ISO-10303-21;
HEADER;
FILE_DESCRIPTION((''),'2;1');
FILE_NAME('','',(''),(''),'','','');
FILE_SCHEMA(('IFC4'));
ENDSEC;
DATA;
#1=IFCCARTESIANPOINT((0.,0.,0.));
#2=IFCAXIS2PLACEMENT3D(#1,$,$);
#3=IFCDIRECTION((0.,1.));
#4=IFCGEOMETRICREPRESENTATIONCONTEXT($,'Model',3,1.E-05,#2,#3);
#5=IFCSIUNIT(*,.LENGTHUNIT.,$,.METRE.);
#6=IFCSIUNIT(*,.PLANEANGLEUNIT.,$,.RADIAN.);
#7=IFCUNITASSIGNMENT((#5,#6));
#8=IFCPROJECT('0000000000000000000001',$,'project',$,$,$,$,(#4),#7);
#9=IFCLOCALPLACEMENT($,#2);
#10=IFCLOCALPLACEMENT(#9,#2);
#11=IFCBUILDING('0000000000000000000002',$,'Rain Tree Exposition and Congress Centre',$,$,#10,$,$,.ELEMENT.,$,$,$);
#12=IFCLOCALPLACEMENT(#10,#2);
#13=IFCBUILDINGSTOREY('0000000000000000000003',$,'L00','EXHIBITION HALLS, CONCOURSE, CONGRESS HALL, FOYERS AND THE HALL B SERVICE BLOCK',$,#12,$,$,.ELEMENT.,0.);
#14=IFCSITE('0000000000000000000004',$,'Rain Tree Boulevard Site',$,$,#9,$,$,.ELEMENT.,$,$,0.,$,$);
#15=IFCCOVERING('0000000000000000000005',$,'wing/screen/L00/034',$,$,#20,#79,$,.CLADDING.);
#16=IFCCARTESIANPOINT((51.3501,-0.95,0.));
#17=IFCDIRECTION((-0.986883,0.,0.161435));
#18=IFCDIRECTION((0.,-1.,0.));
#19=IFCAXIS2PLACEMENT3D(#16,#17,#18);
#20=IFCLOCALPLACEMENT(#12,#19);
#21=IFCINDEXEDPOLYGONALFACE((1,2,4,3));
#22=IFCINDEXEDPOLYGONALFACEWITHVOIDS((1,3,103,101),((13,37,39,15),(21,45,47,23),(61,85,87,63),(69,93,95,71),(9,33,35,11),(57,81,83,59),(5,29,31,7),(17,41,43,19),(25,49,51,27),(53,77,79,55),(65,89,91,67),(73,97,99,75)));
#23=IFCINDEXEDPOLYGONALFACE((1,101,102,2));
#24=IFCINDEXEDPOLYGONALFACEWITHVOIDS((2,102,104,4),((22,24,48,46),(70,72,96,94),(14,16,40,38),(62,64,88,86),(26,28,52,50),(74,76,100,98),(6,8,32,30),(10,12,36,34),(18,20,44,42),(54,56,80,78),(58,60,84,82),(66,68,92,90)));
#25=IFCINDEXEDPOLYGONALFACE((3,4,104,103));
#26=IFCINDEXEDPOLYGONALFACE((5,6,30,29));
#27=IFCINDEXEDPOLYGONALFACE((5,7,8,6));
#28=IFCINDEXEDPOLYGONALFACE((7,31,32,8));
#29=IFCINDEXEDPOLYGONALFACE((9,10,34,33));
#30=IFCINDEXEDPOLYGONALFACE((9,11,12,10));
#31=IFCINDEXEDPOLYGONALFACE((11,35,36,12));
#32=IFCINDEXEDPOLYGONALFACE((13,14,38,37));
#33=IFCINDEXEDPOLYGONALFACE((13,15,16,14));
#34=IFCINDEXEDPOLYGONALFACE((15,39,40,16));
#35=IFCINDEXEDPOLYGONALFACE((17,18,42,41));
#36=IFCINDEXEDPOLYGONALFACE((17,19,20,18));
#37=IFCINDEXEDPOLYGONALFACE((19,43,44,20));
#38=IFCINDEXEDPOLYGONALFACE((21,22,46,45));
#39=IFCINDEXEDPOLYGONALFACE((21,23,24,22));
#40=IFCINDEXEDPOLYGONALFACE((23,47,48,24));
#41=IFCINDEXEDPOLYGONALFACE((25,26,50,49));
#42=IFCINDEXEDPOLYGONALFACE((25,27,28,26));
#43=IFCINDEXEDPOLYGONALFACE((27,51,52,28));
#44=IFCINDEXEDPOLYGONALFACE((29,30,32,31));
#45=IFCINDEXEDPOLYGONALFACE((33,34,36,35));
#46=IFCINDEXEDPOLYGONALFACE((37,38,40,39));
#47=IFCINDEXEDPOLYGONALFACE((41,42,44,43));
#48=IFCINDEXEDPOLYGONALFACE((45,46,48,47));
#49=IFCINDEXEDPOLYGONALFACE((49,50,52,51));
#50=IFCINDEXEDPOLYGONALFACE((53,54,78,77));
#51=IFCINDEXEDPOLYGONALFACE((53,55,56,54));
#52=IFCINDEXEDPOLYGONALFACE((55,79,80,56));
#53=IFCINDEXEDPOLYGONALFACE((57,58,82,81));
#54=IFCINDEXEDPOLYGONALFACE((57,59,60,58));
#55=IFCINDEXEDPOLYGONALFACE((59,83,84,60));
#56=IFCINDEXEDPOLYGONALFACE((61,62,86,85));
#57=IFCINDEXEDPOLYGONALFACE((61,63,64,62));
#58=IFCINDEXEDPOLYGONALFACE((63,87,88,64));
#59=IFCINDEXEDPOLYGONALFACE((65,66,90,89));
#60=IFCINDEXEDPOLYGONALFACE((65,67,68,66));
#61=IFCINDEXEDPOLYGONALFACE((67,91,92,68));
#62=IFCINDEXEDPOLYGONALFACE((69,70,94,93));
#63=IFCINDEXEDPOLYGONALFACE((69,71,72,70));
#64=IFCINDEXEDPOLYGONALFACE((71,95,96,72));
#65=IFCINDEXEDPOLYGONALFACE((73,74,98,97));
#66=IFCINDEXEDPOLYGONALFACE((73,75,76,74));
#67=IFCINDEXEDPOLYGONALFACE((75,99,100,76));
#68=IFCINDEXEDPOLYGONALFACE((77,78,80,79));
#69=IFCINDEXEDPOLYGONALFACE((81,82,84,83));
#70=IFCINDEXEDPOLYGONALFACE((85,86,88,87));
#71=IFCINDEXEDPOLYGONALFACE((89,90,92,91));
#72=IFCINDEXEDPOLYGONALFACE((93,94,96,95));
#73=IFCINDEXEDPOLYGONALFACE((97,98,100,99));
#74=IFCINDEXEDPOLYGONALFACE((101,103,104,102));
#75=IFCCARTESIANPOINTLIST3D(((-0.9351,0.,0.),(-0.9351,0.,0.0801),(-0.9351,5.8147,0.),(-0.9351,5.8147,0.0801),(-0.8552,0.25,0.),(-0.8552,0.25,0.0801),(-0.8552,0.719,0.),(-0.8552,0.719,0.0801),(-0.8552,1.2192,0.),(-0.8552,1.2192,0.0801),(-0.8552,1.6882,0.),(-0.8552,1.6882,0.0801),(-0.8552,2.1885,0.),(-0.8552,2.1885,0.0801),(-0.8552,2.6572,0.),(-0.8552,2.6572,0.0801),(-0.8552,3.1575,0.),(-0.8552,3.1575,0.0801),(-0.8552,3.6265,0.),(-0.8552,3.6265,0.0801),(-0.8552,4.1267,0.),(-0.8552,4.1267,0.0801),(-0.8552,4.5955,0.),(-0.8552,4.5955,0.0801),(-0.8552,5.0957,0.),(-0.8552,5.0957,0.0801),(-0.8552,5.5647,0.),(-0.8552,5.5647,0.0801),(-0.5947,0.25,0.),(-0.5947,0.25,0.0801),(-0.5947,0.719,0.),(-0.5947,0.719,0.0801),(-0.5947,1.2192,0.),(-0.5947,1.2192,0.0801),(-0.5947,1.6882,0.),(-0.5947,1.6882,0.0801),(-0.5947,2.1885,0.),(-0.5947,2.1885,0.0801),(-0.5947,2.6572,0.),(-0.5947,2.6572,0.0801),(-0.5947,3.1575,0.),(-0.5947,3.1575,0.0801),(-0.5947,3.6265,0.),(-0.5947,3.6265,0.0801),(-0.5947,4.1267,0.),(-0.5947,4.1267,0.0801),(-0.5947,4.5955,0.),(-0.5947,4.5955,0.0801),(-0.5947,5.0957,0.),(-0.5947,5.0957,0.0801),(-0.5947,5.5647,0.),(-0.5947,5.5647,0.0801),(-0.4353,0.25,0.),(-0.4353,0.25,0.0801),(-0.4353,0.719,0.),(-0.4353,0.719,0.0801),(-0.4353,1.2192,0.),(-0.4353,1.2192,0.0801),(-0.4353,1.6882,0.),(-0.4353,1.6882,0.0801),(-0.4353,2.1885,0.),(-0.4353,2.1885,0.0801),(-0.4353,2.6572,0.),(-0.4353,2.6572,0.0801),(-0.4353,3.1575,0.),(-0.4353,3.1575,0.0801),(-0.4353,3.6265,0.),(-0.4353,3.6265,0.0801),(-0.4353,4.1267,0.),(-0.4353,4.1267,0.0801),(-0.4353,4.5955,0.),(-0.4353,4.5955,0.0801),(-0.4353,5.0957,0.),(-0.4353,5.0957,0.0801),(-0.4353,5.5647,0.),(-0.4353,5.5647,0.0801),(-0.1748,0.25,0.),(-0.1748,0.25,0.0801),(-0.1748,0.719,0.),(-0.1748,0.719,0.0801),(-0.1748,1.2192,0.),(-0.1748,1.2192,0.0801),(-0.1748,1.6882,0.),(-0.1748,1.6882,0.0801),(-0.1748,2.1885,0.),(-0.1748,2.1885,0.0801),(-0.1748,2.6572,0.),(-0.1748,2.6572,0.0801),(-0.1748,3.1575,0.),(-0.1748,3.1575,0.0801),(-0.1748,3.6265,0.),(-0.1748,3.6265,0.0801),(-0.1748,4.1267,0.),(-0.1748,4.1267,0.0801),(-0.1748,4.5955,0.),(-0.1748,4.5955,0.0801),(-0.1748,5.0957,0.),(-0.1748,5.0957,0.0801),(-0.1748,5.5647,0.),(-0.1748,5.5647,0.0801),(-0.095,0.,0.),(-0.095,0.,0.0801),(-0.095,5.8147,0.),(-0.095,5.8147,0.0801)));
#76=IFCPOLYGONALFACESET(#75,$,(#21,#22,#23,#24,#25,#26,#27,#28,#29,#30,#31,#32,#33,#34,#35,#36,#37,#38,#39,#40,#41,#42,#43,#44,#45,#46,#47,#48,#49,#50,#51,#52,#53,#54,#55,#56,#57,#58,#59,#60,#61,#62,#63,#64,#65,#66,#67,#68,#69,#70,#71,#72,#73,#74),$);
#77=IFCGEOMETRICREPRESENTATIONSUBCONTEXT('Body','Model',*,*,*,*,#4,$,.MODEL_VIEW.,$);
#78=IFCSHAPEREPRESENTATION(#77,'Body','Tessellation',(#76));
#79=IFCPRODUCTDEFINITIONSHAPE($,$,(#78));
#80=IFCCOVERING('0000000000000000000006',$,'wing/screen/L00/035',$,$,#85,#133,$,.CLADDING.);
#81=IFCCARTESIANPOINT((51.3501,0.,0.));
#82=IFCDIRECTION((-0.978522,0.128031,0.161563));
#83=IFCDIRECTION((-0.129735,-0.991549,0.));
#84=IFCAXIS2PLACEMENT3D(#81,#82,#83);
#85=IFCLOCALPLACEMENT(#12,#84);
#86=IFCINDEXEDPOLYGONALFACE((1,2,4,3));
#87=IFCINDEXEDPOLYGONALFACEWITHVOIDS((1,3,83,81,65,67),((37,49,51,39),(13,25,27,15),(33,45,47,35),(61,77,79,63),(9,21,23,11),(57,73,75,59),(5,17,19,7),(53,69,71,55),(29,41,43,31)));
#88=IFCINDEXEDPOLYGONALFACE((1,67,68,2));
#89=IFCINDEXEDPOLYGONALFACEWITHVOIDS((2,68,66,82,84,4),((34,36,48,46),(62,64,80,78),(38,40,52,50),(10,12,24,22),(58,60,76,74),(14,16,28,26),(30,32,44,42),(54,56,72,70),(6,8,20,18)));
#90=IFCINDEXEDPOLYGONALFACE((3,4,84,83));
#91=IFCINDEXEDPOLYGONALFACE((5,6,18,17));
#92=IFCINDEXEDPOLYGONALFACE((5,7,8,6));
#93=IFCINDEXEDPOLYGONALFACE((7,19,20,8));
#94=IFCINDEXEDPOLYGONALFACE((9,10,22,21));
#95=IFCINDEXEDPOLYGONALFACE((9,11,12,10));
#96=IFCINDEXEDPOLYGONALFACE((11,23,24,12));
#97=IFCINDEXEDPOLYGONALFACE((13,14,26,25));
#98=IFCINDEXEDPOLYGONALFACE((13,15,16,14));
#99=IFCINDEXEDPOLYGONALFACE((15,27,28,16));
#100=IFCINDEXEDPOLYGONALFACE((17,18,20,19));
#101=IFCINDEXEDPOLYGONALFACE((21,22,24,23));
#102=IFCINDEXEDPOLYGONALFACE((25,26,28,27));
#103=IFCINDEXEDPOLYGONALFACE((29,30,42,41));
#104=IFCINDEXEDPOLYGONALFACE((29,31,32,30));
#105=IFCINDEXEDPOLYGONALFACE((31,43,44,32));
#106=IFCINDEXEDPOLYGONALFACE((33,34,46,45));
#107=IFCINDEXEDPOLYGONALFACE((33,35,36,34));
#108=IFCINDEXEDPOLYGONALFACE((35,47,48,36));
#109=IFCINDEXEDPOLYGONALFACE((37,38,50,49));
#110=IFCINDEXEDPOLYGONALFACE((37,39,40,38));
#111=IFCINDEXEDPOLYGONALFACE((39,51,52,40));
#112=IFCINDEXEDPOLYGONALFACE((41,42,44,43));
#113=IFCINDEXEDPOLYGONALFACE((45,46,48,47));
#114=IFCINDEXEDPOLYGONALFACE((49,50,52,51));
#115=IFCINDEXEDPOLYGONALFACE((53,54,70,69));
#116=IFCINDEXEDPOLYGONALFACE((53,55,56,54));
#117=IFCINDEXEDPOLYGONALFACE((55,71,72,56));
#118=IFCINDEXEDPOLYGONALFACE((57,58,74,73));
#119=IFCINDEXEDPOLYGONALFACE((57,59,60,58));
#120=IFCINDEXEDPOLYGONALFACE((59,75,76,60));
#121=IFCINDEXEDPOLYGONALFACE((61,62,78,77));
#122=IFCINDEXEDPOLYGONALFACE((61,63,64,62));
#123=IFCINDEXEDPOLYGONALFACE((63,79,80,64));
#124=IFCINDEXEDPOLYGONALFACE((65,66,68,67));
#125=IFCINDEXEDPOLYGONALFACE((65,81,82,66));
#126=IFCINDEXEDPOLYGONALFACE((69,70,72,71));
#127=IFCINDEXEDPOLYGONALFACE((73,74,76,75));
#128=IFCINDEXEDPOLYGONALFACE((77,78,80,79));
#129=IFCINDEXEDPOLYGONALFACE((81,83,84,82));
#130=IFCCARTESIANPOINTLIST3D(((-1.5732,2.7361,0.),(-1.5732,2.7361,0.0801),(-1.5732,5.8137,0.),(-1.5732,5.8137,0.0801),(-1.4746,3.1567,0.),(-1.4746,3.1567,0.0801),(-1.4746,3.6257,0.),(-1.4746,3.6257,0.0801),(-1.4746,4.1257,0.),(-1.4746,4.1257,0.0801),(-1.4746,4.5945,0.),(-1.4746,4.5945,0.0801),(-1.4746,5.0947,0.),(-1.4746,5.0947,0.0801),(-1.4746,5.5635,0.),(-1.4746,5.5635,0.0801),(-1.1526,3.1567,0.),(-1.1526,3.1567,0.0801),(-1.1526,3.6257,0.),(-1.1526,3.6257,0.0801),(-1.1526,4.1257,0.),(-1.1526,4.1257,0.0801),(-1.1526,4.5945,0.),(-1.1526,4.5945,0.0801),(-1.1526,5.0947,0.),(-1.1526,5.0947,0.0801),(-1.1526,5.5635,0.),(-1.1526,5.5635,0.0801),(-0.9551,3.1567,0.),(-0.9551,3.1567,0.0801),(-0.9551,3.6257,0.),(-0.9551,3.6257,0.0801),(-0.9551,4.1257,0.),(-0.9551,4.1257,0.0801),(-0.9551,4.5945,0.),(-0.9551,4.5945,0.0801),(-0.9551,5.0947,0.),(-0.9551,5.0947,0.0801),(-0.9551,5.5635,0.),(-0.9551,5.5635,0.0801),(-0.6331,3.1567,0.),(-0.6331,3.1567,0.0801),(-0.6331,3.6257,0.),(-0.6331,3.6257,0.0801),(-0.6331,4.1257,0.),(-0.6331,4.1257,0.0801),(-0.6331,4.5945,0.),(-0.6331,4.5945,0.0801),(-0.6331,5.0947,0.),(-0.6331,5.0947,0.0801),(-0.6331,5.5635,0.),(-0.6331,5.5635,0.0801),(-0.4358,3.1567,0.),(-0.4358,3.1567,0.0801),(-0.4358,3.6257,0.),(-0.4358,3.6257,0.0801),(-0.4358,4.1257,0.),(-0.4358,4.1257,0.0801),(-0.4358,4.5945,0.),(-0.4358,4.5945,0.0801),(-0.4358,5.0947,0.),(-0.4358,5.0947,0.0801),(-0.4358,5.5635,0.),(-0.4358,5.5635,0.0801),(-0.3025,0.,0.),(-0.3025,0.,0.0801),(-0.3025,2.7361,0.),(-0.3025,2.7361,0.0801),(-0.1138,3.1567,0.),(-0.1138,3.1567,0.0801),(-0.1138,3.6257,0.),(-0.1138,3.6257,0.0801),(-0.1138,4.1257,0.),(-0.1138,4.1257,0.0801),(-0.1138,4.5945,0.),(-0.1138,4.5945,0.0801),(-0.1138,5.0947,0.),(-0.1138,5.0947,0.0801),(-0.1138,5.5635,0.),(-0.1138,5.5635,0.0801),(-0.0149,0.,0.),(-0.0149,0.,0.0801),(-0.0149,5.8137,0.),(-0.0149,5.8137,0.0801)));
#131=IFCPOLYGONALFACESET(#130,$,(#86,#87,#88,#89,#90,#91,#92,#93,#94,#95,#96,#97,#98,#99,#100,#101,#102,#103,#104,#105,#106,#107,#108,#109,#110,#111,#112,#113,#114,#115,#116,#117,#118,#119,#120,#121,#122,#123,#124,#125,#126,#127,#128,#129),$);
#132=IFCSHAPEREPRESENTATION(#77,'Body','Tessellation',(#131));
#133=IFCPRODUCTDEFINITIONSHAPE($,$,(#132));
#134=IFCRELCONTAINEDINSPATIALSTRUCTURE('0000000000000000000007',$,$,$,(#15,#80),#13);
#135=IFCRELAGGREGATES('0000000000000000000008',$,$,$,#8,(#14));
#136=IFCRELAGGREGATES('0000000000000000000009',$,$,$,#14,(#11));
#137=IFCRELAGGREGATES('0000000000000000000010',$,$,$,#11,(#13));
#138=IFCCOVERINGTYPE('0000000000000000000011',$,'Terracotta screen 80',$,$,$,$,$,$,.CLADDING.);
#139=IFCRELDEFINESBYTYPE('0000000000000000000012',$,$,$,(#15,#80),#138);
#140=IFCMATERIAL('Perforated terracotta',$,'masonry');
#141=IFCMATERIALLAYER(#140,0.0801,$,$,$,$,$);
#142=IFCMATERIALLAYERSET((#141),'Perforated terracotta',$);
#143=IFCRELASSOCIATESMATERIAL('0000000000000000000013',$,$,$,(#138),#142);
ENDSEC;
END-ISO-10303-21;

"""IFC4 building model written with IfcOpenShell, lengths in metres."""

from ifc_helpers import new_model, si_unit, direction, frame, origin, place, context, subcontext, project, spatial, polyline, outline, extrude, material, layer, layer_set, type_object, element, save


model = new_model("IFC4")

# Units and contexts
model_context = context("Model", 3, precision=1e-05, world=origin(), true_north=direction((0.0, 1.0)))
body_context = subcontext(model_context, "Body", "Model", "MODEL_VIEW")
ifc_project = project(units=[si_unit("LENGTHUNIT", "METRE"), si_unit("PLANEANGLEUNIT", "RADIAN")], contexts=[model_context])

# Site, building, storey
site_placement = place(None, origin())
site = spatial("IfcSite", under=ifc_project, at=site_placement, Name="Rain Tree Boulevard Site", CompositionType="ELEMENT", RefElevation=0.0)
building_placement = place(site_placement, origin())
building = spatial("IfcBuilding", under=site, at=building_placement, Name="Rain Tree Exposition and Congress Centre", CompositionType="ELEMENT")
storey_placement = place(building_placement, origin())
storey = spatial("IfcBuildingStorey", under=building, at=storey_placement, Name="L00", Description="EXHIBITION HALLS, CONCOURSE, CONGRESS HALL, FOYERS AND THE HALL B SERVICE BLOCK", CompositionType="ELEMENT", Elevation=0.0)

# Coverings
ifc_material_1 = material(Name="Perforated terracotta", Category="masonry")
ifc_layer_1 = layer(ifc_material_1, 0.0801)
ifc_layer_set_1 = layer_set([ifc_layer_1], Name="Perforated terracotta")
covering_type = type_object("IfcCoveringType", Name="Terracotta screen 80", PredefinedType="CLADDING", material=ifc_layer_set_1)
covering_1_placement = place(storey_placement, frame((51.3501, -0.95, 0.0), z_axis=(-0.986883, 0.0, 0.161435), x_axis=(0.0, -1.0, 0.0)))
element("IfcCovering", 1, at=covering_1_placement, inside=storey, type_object=covering_type, Name="wing/screen/L00/034", PredefinedType="CLADDING", context=body_context, shape_type="SweptSolid", body=[
    extrude(outline(polyline([(-0.095, 5.8147), (-0.095, 0.0), (-0.9351, 0.0), (-0.9351, 5.8147), (-0.095, 5.8147)]), holes=[polyline([(-0.1748, 0.25), (-0.1748, 0.719), (-0.4353, 0.719), (-0.4353, 0.25), (-0.1748, 0.25)]), polyline([(-0.1748, 1.2192), (-0.1748, 1.6882), (-0.4353, 1.6882), (-0.4353, 1.2192), (-0.1748, 1.2192)]), polyline([(-0.1748, 2.1885), (-0.1748, 2.6572), (-0.4353, 2.6572), (-0.4353, 2.1885), (-0.1748, 2.1885)]), polyline([(-0.1748, 3.1575), (-0.1748, 3.6265), (-0.4353, 3.6265), (-0.4353, 3.1575), (-0.1748, 3.1575)]), polyline([(-0.1748, 4.1267), (-0.1748, 4.5955), (-0.4353, 4.5955), (-0.4353, 4.1267), (-0.1748, 4.1267)]), polyline([(-0.1748, 5.0957), (-0.1748, 5.5647), (-0.4353, 5.5647), (-0.4353, 5.0957), (-0.1748, 5.0957)]), polyline([(-0.5947, 0.25), (-0.5947, 0.719), (-0.8552, 0.719), (-0.8552, 0.25), (-0.5947, 0.25)]), polyline([(-0.5947, 1.2192), (-0.5947, 1.6882), (-0.8552, 1.6882), (-0.8552, 1.2192), (-0.5947, 1.2192)]), polyline([(-0.5947, 2.1885), (-0.5947, 2.6572), (-0.8552, 2.6572), (-0.8552, 2.1885), (-0.5947, 2.1885)]), polyline([(-0.5947, 3.1575), (-0.5947, 3.6265), (-0.8552, 3.6265), (-0.8552, 3.1575), (-0.5947, 3.1575)]), polyline([(-0.5947, 4.1267), (-0.5947, 4.5955), (-0.8552, 4.5955), (-0.8552, 4.1267), (-0.5947, 4.1267)]), polyline([(-0.5947, 5.0957), (-0.5947, 5.5647), (-0.8552, 5.5647), (-0.8552, 5.0957), (-0.5947, 5.0957)])]), origin(), (0.0, 0.0, 1.0), 0.0801),
])
covering_2_placement = place(storey_placement, frame((51.3501, 0.0, 0.0), z_axis=(-0.978522, 0.128031, 0.161563), x_axis=(-0.129735, -0.991549, 0.0)))
element("IfcCovering", 2, at=covering_2_placement, inside=storey, type_object=covering_type, Name="wing/screen/L00/035", PredefinedType="CLADDING", context=body_context, shape_type="SweptSolid", body=[
    extrude(outline(polyline([(-0.0149, 5.8137), (-0.0149, 0.0), (-0.3025, 0.0), (-0.3025, 2.7361), (-1.5732, 2.7361), (-1.5732, 5.8137), (-0.0149, 5.8137)]), holes=[polyline([(-0.1138, 3.1567), (-0.1138, 3.6257), (-0.4358, 3.6257), (-0.4358, 3.1567), (-0.1138, 3.1567)]), polyline([(-0.1138, 4.1257), (-0.1138, 4.5945), (-0.4358, 4.5945), (-0.4358, 4.1257), (-0.1138, 4.1257)]), polyline([(-0.1138, 5.0947), (-0.1138, 5.5635), (-0.4358, 5.5635), (-0.4358, 5.0947), (-0.1138, 5.0947)]), polyline([(-0.6331, 3.1567), (-0.6331, 3.6257), (-0.9551, 3.6257), (-0.9551, 3.1567), (-0.6331, 3.1567)]), polyline([(-0.6331, 4.1257), (-0.6331, 4.5945), (-0.9551, 4.5945), (-0.9551, 4.1257), (-0.6331, 4.1257)]), polyline([(-0.6331, 5.0947), (-0.6331, 5.5635), (-0.9551, 5.5635), (-0.9551, 5.0947), (-0.6331, 5.0947)]), polyline([(-1.1526, 3.1567), (-1.1526, 3.6257), (-1.4746, 3.6257), (-1.4746, 3.1567), (-1.1526, 3.1567)]), polyline([(-1.1526, 4.1257), (-1.1526, 4.5945), (-1.4746, 4.5945), (-1.4746, 4.1257), (-1.1526, 4.1257)]), polyline([(-1.1526, 5.0947), (-1.1526, 5.5635), (-1.4746, 5.5635), (-1.4746, 5.0947), (-1.1526, 5.0947)])]), origin(), (0.0, 0.0, 1.0), 0.0801),
])

save(model, "model.ifc")
